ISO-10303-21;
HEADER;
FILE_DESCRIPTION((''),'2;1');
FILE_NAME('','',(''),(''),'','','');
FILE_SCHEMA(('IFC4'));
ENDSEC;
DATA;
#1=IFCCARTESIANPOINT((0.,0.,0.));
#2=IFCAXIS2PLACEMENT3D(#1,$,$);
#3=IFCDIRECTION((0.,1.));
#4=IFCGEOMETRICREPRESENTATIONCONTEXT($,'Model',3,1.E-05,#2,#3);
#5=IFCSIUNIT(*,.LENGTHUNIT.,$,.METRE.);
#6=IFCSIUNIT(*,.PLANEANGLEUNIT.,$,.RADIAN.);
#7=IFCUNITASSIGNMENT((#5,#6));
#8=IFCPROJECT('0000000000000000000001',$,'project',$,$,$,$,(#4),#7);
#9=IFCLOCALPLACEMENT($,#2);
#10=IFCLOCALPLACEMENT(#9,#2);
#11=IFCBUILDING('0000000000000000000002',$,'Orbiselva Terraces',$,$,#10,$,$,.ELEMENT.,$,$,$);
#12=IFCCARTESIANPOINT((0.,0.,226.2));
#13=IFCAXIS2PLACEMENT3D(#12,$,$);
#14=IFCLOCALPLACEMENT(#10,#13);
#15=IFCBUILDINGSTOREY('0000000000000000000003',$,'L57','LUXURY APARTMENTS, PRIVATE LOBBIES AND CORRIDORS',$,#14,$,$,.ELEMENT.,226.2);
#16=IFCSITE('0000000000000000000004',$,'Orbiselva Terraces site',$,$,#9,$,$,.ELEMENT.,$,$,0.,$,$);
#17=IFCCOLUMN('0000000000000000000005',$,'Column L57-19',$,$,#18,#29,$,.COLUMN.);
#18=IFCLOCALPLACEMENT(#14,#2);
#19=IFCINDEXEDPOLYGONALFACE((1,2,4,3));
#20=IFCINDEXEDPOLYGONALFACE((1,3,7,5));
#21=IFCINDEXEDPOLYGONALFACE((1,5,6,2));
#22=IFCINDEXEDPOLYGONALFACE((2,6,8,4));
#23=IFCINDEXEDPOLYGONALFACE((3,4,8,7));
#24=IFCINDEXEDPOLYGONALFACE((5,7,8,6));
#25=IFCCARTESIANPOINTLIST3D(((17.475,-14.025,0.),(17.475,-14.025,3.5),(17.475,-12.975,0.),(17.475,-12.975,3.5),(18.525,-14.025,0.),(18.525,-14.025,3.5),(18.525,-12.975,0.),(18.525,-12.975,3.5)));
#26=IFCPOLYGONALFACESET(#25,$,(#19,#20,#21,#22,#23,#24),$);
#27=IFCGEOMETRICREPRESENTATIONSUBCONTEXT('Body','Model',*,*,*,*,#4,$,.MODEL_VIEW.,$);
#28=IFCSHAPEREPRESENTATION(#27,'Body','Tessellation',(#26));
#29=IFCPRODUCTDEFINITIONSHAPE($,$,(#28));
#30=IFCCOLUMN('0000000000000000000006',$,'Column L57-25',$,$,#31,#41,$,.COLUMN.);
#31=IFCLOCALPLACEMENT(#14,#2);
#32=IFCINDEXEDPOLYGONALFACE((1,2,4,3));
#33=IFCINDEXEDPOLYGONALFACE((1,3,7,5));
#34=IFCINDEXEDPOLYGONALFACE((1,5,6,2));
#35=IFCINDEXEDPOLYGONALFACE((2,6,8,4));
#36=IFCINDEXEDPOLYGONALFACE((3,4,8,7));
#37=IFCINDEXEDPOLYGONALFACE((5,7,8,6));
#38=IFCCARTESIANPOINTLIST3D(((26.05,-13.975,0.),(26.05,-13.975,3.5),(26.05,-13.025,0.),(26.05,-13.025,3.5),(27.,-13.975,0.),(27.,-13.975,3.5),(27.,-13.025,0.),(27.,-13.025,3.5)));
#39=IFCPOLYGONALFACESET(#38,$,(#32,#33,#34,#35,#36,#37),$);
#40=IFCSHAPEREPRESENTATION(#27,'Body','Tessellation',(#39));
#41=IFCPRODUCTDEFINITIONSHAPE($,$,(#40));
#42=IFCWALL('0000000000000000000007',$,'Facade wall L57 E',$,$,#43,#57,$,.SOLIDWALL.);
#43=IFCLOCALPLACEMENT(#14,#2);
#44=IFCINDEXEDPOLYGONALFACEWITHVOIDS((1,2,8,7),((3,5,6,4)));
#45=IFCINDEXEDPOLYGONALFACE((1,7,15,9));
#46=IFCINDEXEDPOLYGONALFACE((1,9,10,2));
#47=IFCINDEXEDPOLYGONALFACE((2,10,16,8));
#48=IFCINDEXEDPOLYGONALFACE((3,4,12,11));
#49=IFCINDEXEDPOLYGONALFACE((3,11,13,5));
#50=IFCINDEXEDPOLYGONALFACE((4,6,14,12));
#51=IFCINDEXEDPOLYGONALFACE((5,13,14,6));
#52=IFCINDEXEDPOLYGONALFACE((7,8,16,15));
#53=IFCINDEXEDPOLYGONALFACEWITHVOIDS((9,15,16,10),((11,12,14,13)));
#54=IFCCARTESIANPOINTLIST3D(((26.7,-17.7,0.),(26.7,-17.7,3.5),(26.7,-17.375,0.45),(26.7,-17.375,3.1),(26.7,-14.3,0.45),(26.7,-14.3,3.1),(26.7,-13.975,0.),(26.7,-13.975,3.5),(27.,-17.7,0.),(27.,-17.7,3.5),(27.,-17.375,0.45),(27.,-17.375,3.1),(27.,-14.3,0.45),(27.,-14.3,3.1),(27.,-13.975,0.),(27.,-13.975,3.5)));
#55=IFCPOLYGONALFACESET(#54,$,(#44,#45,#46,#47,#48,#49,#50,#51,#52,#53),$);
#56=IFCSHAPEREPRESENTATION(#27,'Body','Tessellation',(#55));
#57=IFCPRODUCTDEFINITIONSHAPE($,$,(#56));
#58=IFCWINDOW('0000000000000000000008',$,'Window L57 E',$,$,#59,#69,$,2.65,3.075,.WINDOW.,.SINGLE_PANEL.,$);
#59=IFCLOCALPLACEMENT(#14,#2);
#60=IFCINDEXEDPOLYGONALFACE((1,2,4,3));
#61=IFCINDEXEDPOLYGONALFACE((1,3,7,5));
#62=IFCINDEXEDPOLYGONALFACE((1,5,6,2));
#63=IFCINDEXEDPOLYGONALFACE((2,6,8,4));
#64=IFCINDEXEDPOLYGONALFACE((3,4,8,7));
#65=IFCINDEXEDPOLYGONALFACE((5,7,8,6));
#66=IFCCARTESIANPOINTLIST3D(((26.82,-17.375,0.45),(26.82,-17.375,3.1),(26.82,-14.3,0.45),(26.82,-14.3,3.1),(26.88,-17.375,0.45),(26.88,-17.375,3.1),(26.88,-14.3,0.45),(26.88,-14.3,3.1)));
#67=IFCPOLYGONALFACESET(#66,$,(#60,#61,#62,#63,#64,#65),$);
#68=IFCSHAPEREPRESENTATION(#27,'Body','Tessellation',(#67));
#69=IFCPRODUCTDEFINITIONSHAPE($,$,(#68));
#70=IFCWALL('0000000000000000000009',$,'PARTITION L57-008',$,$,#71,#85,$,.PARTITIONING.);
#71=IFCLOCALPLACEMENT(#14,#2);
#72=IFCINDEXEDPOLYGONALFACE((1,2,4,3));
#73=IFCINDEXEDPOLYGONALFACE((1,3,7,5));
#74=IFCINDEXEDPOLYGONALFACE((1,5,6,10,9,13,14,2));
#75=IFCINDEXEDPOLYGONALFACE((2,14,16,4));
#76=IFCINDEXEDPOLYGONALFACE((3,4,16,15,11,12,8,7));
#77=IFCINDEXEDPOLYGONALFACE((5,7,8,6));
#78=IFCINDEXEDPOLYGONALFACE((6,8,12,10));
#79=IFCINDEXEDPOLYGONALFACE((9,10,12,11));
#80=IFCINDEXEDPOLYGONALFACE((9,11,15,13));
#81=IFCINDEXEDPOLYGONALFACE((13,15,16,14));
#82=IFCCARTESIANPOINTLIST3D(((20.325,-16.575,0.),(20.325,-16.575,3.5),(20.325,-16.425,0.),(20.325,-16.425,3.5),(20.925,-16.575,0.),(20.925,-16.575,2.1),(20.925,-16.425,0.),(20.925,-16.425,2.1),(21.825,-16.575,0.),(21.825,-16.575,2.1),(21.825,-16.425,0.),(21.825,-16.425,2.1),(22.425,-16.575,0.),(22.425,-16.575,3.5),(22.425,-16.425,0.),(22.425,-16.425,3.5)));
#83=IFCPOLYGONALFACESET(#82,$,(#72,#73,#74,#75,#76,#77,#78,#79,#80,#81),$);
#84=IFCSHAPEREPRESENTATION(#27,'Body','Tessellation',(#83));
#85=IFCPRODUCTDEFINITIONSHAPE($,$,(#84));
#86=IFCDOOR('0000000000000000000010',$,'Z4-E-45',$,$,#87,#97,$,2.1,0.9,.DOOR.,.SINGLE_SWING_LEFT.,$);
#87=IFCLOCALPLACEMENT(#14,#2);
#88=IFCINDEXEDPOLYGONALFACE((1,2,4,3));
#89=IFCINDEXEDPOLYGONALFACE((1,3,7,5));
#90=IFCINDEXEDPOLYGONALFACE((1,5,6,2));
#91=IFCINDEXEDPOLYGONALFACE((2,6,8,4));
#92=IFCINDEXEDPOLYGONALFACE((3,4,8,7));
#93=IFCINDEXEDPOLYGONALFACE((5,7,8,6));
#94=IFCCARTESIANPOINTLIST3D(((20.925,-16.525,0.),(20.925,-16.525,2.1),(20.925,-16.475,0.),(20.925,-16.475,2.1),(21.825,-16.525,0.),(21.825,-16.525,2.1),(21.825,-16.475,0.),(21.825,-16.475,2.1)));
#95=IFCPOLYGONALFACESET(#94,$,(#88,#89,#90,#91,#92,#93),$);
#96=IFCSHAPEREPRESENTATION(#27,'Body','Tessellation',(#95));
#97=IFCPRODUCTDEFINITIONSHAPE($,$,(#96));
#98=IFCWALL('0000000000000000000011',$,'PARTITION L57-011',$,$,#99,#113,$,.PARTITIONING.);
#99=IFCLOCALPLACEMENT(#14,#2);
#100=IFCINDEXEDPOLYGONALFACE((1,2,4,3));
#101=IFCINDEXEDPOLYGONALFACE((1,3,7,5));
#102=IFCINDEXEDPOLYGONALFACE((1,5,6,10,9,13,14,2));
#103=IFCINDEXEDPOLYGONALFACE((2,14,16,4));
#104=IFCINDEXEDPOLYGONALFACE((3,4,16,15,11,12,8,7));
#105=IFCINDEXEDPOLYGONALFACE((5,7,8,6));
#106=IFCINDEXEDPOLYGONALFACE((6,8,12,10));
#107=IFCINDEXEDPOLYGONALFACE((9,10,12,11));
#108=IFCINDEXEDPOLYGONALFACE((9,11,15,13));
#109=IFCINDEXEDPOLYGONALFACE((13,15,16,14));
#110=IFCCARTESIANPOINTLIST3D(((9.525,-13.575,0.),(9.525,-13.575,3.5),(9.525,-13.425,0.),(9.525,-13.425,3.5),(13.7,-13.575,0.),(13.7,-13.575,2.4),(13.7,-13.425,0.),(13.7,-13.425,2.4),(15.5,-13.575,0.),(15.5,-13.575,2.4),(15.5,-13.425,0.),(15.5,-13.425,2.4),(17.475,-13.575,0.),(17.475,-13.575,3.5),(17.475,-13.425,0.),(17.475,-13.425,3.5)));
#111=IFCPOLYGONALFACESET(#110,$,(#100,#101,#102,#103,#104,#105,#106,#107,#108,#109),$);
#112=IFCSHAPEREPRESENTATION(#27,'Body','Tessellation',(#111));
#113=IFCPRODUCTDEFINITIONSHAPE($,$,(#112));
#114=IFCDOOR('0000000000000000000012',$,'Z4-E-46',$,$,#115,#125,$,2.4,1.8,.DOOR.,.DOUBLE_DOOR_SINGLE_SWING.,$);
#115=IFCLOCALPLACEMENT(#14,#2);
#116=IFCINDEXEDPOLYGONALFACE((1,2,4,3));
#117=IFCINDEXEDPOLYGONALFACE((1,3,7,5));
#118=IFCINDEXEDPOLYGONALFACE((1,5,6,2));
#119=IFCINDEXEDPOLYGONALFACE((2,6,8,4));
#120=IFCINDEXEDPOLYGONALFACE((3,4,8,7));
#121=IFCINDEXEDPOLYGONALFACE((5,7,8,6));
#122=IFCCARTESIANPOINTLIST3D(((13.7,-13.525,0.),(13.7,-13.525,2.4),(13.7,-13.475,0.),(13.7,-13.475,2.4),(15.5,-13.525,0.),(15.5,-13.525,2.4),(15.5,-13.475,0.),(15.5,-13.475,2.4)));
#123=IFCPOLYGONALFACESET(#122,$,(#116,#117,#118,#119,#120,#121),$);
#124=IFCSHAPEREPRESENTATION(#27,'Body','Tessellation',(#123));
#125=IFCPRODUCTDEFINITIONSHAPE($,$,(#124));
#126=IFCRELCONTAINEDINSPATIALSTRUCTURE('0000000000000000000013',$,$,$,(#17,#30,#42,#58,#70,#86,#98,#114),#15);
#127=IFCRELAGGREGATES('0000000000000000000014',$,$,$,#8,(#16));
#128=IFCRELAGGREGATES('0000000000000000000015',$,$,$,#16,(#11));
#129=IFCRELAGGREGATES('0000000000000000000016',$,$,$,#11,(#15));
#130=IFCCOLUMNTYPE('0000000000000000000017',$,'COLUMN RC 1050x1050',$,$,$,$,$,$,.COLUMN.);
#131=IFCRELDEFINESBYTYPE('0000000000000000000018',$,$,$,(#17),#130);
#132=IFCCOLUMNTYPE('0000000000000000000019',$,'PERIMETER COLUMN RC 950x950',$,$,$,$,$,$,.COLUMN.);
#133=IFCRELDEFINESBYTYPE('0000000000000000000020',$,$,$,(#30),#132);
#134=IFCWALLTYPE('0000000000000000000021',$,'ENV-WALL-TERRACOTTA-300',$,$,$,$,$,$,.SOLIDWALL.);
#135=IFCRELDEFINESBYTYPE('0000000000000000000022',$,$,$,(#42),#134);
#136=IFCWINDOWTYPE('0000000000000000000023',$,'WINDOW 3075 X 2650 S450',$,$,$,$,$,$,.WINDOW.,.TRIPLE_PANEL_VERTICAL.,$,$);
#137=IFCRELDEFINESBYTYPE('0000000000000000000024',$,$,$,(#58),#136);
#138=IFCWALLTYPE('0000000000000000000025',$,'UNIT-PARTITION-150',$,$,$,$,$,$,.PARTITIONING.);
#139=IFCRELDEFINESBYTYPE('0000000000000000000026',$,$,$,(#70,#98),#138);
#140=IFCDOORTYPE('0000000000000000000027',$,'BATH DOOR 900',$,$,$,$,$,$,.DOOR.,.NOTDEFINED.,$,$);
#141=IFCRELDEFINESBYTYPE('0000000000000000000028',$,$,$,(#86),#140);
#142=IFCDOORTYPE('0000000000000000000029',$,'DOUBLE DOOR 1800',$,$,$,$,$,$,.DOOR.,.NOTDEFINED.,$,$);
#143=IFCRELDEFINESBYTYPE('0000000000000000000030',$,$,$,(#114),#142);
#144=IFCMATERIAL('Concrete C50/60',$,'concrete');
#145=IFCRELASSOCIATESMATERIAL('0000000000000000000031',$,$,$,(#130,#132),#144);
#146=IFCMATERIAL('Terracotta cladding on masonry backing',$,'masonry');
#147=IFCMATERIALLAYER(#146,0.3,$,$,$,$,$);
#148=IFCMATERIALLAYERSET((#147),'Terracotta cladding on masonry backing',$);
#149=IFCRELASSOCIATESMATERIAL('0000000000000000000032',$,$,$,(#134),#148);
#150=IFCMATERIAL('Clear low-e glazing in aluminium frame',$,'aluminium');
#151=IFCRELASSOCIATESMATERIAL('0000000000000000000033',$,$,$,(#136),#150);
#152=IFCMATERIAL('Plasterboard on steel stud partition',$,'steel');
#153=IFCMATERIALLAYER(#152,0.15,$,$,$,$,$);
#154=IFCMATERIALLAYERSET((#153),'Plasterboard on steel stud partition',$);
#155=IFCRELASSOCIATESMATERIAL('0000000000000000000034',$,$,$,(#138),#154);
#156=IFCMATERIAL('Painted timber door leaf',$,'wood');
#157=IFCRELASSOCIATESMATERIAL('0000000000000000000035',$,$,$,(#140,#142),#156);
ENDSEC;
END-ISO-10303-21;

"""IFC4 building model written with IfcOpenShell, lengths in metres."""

from ifc_helpers import new_model, si_unit, direction, frame, frame_2d, origin, origin_2d, place, context, subcontext, project, spatial, rectangle, extrude, material, layer, layer_set, material_profile, profile_set, type_object, element, fill, save


model = new_model("IFC4")

# Units and contexts
model_context = context("Model", 3, precision=1e-05, world=origin(), true_north=direction((0.0, 1.0)))
body_context = subcontext(model_context, "Body", "Model", "MODEL_VIEW")
ifc_project = project(units=[si_unit("LENGTHUNIT", "METRE"), si_unit("PLANEANGLEUNIT", "RADIAN")], contexts=[model_context])

# Site, building, storey
site_placement = place(None, origin())
site = spatial("IfcSite", under=ifc_project, at=site_placement, Name="Orbiselva Terraces site", CompositionType="ELEMENT", RefElevation=0.0)
building_placement = place(site_placement, origin())
building = spatial("IfcBuilding", under=site, at=building_placement, Name="Orbiselva Terraces", CompositionType="ELEMENT")
storey_placement = place(building_placement, frame((0.0, 0.0, 226.2)))
storey = spatial("IfcBuildingStorey", under=building, at=storey_placement, Name="L57", Description="LUXURY APARTMENTS, PRIVATE LOBBIES AND CORRIDORS", CompositionType="ELEMENT", Elevation=226.2)

# Columns
ifc_material_1 = material(Name="Concrete C50/60", Category="concrete")
ifc_material_profile_1 = material_profile(ifc_material_1, rectangle(XDim=1.05, YDim=1.05, at=origin_2d()), Name="RC 1050x1050")
ifc_profile_set_1 = profile_set([ifc_material_profile_1], Name="Concrete C50/60")
column_type_1 = type_object("IfcColumnType", Name="COLUMN RC 1050x1050", PredefinedType="COLUMN", material=ifc_profile_set_1)
column_1_placement = place(storey_placement, frame((18.0, -13.5, 0.0), z_axis=(0.0, 0.0, 1.0), x_axis=(1.0, 0.0, 0.0)))
element("IfcColumn", 1, at=column_1_placement, inside=storey, type_object=column_type_1, Name="Column L57-19", PredefinedType="COLUMN", context=body_context, shape_type="SweptSolid", body=[
    extrude(rectangle(XDim=1.05, YDim=1.05, at=origin_2d()), origin(), (0.0, 0.0, 1.0), 3.5),
])
ifc_material_profile_2 = material_profile(ifc_material_1, rectangle(XDim=0.95, YDim=0.95, at=origin_2d()), Name="RC 950x950")
ifc_profile_set_2 = profile_set([ifc_material_profile_2], Name="Concrete C50/60")
column_type_2 = type_object("IfcColumnType", Name="PERIMETER COLUMN RC 950x950", PredefinedType="COLUMN", material=ifc_profile_set_2)
column_2_placement = place(storey_placement, frame((26.525, -13.5, 0.0), z_axis=(0.0, 0.0, 1.0), x_axis=(1.0, 0.0, 0.0)))
element("IfcColumn", 2, at=column_2_placement, inside=storey, type_object=column_type_2, Name="Column L57-25", PredefinedType="COLUMN", context=body_context, shape_type="SweptSolid", body=[
    extrude(rectangle(XDim=0.95, YDim=0.95, at=origin_2d()), origin(), (0.0, 0.0, 1.0), 3.5),
])

# Wall, opening, window
ifc_material_2 = material(Name="Terracotta cladding on masonry backing", Category="masonry")
ifc_layer_1 = layer(ifc_material_2, 0.3)
ifc_layer_set_1 = layer_set([ifc_layer_1], Name="Terracotta cladding on masonry backing")
wall_type_1 = type_object("IfcWallType", Name="ENV-WALL-TERRACOTTA-300", PredefinedType="SOLIDWALL", material=ifc_layer_set_1)
wall_1_placement = place(storey_placement, frame((26.85, -13.975, 0.0), z_axis=(0.0, 0.0, 1.0), x_axis=(0.0, -1.0, 0.0)))
wall_1 = element("IfcWall", 3, at=wall_1_placement, inside=storey, type_object=wall_type_1, Name="Facade wall L57 E", PredefinedType="SOLIDWALL", context=body_context, shape_type="SweptSolid", body=[
    extrude(rectangle(XDim=3.725, YDim=0.3, at=frame_2d((1.8625, 0.0))), origin(), (0.0, 0.0, 1.0), 3.5),
])
opening_1_placement = place(wall_1_placement, frame((0.325, 0.0, 0.45)))
opening_1 = element("IfcOpeningElement", 4, at=opening_1_placement, cuts=wall_1, PredefinedType="OPENING", context=body_context, shape_type="SweptSolid", body=[
    extrude(rectangle(XDim=3.075, YDim=2.65, at=frame_2d((1.5375, 1.325))), frame((0.0, 0.16, 0.0), z_axis=(0.0, -1.0, 0.0), x_axis=(1.0, 0.0, 0.0)), (0.0, 0.0, 1.0), 0.32),
])
ifc_material_3 = material(Name="Clear low-e glazing in aluminium frame", Category="aluminium")
window_type = type_object("IfcWindowType", Name="WINDOW 3075 X 2650 S450", PartitioningType="TRIPLE_PANEL_VERTICAL", PredefinedType="WINDOW", material=ifc_material_3)
window_placement = place(opening_1_placement, origin())
window = element("IfcWindow", 5, at=window_placement, inside=storey, type_object=window_type, Name="Window L57 E", OverallHeight=2.65, OverallWidth=3.075, PartitioningType="SINGLE_PANEL", PredefinedType="WINDOW", context=body_context, shape_type="SweptSolid", body=[
    extrude(rectangle(XDim=3.075, YDim=2.65, at=frame_2d((1.5375, 1.325))), frame((0.0, 0.03, 0.0), z_axis=(0.0, -1.0, 0.0), x_axis=(1.0, 0.0, 0.0)), (0.0, 0.0, 1.0), 0.06),
])
fill(opening_1, window)

# Walls, openings, doors
ifc_material_4 = material(Name="Plasterboard on steel stud partition", Category="steel")
ifc_layer_2 = layer(ifc_material_4, 0.15)
ifc_layer_set_2 = layer_set([ifc_layer_2], Name="Plasterboard on steel stud partition")
wall_type_2 = type_object("IfcWallType", Name="UNIT-PARTITION-150", PredefinedType="PARTITIONING", material=ifc_layer_set_2)
wall_2_placement = place(storey_placement, frame((20.325, -16.5, 0.0), z_axis=(0.0, 0.0, 1.0), x_axis=(1.0, 0.0, 0.0)))
wall_2 = element("IfcWall", 6, at=wall_2_placement, inside=storey, type_object=wall_type_2, Name="PARTITION L57-008", PredefinedType="PARTITIONING", context=body_context, shape_type="SweptSolid", body=[
    extrude(rectangle(XDim=2.1, YDim=0.15, at=frame_2d((1.05, 0.0))), origin(), (0.0, 0.0, 1.0), 3.5),
])
opening_2_placement = place(wall_2_placement, frame((0.6, 0.0, 0.0)))
opening_2 = element("IfcOpeningElement", 7, at=opening_2_placement, cuts=wall_2, PredefinedType="OPENING", context=body_context, shape_type="SweptSolid", body=[
    extrude(rectangle(XDim=0.9, YDim=2.1, at=frame_2d((0.45, 1.05))), frame((0.0, 0.085, 0.0), z_axis=(0.0, -1.0, 0.0), x_axis=(1.0, 0.0, 0.0)), (0.0, 0.0, 1.0), 0.17),
])
ifc_material_5 = material(Name="Painted timber door leaf", Category="wood")
door_type_1 = type_object("IfcDoorType", Name="BATH DOOR 900", OperationType="NOTDEFINED", PredefinedType="DOOR", material=ifc_material_5)
door_1_placement = place(opening_2_placement, origin())
door_1 = element("IfcDoor", 8, at=door_1_placement, inside=storey, type_object=door_type_1, Name="Z4-E-45", OperationType="SINGLE_SWING_LEFT", OverallHeight=2.1, OverallWidth=0.9, PredefinedType="DOOR", context=body_context, shape_type="SweptSolid", body=[
    extrude(rectangle(XDim=0.9, YDim=2.1, at=frame_2d((0.45, 1.05))), frame((0.0, 0.025, 0.0), z_axis=(0.0, -1.0, 0.0), x_axis=(1.0, 0.0, 0.0)), (0.0, 0.0, 1.0), 0.05),
])
fill(opening_2, door_1)
wall_3_placement = place(storey_placement, frame((17.475, -13.5, 0.0), z_axis=(0.0, 0.0, 1.0), x_axis=(-1.0, 0.0, 0.0)))
wall_3 = element("IfcWall", 9, at=wall_3_placement, inside=storey, type_object=wall_type_2, Name="PARTITION L57-011", PredefinedType="PARTITIONING", context=body_context, shape_type="SweptSolid", body=[
    extrude(rectangle(XDim=7.95, YDim=0.15, at=frame_2d((3.975, 0.0))), origin(), (0.0, 0.0, 1.0), 3.5),
])
opening_3_placement = place(wall_3_placement, frame((1.975, 0.0, 0.0)))
opening_3 = element("IfcOpeningElement", 10, at=opening_3_placement, cuts=wall_3, PredefinedType="OPENING", context=body_context, shape_type="SweptSolid", body=[
    extrude(rectangle(XDim=1.8, YDim=2.4, at=frame_2d((0.9, 1.2))), frame((0.0, 0.085, 0.0), z_axis=(0.0, -1.0, 0.0), x_axis=(1.0, 0.0, 0.0)), (0.0, 0.0, 1.0), 0.17),
])
door_type_2 = type_object("IfcDoorType", Name="DOUBLE DOOR 1800", OperationType="NOTDEFINED", PredefinedType="DOOR", material=ifc_material_5)
door_2_placement = place(opening_3_placement, origin())
door_2 = element("IfcDoor", 11, at=door_2_placement, inside=storey, type_object=door_type_2, Name="Z4-E-46", OperationType="DOUBLE_DOOR_SINGLE_SWING", OverallHeight=2.4, OverallWidth=1.8, PredefinedType="DOOR", context=body_context, shape_type="SweptSolid", body=[
    extrude(rectangle(XDim=1.8, YDim=2.4, at=frame_2d((0.9, 1.2))), frame((0.0, 0.025, 0.0), z_axis=(0.0, -1.0, 0.0), x_axis=(1.0, 0.0, 0.0)), (0.0, 0.0, 1.0), 0.05),
])
fill(opening_3, door_2)

save(model, "model.ifc")
